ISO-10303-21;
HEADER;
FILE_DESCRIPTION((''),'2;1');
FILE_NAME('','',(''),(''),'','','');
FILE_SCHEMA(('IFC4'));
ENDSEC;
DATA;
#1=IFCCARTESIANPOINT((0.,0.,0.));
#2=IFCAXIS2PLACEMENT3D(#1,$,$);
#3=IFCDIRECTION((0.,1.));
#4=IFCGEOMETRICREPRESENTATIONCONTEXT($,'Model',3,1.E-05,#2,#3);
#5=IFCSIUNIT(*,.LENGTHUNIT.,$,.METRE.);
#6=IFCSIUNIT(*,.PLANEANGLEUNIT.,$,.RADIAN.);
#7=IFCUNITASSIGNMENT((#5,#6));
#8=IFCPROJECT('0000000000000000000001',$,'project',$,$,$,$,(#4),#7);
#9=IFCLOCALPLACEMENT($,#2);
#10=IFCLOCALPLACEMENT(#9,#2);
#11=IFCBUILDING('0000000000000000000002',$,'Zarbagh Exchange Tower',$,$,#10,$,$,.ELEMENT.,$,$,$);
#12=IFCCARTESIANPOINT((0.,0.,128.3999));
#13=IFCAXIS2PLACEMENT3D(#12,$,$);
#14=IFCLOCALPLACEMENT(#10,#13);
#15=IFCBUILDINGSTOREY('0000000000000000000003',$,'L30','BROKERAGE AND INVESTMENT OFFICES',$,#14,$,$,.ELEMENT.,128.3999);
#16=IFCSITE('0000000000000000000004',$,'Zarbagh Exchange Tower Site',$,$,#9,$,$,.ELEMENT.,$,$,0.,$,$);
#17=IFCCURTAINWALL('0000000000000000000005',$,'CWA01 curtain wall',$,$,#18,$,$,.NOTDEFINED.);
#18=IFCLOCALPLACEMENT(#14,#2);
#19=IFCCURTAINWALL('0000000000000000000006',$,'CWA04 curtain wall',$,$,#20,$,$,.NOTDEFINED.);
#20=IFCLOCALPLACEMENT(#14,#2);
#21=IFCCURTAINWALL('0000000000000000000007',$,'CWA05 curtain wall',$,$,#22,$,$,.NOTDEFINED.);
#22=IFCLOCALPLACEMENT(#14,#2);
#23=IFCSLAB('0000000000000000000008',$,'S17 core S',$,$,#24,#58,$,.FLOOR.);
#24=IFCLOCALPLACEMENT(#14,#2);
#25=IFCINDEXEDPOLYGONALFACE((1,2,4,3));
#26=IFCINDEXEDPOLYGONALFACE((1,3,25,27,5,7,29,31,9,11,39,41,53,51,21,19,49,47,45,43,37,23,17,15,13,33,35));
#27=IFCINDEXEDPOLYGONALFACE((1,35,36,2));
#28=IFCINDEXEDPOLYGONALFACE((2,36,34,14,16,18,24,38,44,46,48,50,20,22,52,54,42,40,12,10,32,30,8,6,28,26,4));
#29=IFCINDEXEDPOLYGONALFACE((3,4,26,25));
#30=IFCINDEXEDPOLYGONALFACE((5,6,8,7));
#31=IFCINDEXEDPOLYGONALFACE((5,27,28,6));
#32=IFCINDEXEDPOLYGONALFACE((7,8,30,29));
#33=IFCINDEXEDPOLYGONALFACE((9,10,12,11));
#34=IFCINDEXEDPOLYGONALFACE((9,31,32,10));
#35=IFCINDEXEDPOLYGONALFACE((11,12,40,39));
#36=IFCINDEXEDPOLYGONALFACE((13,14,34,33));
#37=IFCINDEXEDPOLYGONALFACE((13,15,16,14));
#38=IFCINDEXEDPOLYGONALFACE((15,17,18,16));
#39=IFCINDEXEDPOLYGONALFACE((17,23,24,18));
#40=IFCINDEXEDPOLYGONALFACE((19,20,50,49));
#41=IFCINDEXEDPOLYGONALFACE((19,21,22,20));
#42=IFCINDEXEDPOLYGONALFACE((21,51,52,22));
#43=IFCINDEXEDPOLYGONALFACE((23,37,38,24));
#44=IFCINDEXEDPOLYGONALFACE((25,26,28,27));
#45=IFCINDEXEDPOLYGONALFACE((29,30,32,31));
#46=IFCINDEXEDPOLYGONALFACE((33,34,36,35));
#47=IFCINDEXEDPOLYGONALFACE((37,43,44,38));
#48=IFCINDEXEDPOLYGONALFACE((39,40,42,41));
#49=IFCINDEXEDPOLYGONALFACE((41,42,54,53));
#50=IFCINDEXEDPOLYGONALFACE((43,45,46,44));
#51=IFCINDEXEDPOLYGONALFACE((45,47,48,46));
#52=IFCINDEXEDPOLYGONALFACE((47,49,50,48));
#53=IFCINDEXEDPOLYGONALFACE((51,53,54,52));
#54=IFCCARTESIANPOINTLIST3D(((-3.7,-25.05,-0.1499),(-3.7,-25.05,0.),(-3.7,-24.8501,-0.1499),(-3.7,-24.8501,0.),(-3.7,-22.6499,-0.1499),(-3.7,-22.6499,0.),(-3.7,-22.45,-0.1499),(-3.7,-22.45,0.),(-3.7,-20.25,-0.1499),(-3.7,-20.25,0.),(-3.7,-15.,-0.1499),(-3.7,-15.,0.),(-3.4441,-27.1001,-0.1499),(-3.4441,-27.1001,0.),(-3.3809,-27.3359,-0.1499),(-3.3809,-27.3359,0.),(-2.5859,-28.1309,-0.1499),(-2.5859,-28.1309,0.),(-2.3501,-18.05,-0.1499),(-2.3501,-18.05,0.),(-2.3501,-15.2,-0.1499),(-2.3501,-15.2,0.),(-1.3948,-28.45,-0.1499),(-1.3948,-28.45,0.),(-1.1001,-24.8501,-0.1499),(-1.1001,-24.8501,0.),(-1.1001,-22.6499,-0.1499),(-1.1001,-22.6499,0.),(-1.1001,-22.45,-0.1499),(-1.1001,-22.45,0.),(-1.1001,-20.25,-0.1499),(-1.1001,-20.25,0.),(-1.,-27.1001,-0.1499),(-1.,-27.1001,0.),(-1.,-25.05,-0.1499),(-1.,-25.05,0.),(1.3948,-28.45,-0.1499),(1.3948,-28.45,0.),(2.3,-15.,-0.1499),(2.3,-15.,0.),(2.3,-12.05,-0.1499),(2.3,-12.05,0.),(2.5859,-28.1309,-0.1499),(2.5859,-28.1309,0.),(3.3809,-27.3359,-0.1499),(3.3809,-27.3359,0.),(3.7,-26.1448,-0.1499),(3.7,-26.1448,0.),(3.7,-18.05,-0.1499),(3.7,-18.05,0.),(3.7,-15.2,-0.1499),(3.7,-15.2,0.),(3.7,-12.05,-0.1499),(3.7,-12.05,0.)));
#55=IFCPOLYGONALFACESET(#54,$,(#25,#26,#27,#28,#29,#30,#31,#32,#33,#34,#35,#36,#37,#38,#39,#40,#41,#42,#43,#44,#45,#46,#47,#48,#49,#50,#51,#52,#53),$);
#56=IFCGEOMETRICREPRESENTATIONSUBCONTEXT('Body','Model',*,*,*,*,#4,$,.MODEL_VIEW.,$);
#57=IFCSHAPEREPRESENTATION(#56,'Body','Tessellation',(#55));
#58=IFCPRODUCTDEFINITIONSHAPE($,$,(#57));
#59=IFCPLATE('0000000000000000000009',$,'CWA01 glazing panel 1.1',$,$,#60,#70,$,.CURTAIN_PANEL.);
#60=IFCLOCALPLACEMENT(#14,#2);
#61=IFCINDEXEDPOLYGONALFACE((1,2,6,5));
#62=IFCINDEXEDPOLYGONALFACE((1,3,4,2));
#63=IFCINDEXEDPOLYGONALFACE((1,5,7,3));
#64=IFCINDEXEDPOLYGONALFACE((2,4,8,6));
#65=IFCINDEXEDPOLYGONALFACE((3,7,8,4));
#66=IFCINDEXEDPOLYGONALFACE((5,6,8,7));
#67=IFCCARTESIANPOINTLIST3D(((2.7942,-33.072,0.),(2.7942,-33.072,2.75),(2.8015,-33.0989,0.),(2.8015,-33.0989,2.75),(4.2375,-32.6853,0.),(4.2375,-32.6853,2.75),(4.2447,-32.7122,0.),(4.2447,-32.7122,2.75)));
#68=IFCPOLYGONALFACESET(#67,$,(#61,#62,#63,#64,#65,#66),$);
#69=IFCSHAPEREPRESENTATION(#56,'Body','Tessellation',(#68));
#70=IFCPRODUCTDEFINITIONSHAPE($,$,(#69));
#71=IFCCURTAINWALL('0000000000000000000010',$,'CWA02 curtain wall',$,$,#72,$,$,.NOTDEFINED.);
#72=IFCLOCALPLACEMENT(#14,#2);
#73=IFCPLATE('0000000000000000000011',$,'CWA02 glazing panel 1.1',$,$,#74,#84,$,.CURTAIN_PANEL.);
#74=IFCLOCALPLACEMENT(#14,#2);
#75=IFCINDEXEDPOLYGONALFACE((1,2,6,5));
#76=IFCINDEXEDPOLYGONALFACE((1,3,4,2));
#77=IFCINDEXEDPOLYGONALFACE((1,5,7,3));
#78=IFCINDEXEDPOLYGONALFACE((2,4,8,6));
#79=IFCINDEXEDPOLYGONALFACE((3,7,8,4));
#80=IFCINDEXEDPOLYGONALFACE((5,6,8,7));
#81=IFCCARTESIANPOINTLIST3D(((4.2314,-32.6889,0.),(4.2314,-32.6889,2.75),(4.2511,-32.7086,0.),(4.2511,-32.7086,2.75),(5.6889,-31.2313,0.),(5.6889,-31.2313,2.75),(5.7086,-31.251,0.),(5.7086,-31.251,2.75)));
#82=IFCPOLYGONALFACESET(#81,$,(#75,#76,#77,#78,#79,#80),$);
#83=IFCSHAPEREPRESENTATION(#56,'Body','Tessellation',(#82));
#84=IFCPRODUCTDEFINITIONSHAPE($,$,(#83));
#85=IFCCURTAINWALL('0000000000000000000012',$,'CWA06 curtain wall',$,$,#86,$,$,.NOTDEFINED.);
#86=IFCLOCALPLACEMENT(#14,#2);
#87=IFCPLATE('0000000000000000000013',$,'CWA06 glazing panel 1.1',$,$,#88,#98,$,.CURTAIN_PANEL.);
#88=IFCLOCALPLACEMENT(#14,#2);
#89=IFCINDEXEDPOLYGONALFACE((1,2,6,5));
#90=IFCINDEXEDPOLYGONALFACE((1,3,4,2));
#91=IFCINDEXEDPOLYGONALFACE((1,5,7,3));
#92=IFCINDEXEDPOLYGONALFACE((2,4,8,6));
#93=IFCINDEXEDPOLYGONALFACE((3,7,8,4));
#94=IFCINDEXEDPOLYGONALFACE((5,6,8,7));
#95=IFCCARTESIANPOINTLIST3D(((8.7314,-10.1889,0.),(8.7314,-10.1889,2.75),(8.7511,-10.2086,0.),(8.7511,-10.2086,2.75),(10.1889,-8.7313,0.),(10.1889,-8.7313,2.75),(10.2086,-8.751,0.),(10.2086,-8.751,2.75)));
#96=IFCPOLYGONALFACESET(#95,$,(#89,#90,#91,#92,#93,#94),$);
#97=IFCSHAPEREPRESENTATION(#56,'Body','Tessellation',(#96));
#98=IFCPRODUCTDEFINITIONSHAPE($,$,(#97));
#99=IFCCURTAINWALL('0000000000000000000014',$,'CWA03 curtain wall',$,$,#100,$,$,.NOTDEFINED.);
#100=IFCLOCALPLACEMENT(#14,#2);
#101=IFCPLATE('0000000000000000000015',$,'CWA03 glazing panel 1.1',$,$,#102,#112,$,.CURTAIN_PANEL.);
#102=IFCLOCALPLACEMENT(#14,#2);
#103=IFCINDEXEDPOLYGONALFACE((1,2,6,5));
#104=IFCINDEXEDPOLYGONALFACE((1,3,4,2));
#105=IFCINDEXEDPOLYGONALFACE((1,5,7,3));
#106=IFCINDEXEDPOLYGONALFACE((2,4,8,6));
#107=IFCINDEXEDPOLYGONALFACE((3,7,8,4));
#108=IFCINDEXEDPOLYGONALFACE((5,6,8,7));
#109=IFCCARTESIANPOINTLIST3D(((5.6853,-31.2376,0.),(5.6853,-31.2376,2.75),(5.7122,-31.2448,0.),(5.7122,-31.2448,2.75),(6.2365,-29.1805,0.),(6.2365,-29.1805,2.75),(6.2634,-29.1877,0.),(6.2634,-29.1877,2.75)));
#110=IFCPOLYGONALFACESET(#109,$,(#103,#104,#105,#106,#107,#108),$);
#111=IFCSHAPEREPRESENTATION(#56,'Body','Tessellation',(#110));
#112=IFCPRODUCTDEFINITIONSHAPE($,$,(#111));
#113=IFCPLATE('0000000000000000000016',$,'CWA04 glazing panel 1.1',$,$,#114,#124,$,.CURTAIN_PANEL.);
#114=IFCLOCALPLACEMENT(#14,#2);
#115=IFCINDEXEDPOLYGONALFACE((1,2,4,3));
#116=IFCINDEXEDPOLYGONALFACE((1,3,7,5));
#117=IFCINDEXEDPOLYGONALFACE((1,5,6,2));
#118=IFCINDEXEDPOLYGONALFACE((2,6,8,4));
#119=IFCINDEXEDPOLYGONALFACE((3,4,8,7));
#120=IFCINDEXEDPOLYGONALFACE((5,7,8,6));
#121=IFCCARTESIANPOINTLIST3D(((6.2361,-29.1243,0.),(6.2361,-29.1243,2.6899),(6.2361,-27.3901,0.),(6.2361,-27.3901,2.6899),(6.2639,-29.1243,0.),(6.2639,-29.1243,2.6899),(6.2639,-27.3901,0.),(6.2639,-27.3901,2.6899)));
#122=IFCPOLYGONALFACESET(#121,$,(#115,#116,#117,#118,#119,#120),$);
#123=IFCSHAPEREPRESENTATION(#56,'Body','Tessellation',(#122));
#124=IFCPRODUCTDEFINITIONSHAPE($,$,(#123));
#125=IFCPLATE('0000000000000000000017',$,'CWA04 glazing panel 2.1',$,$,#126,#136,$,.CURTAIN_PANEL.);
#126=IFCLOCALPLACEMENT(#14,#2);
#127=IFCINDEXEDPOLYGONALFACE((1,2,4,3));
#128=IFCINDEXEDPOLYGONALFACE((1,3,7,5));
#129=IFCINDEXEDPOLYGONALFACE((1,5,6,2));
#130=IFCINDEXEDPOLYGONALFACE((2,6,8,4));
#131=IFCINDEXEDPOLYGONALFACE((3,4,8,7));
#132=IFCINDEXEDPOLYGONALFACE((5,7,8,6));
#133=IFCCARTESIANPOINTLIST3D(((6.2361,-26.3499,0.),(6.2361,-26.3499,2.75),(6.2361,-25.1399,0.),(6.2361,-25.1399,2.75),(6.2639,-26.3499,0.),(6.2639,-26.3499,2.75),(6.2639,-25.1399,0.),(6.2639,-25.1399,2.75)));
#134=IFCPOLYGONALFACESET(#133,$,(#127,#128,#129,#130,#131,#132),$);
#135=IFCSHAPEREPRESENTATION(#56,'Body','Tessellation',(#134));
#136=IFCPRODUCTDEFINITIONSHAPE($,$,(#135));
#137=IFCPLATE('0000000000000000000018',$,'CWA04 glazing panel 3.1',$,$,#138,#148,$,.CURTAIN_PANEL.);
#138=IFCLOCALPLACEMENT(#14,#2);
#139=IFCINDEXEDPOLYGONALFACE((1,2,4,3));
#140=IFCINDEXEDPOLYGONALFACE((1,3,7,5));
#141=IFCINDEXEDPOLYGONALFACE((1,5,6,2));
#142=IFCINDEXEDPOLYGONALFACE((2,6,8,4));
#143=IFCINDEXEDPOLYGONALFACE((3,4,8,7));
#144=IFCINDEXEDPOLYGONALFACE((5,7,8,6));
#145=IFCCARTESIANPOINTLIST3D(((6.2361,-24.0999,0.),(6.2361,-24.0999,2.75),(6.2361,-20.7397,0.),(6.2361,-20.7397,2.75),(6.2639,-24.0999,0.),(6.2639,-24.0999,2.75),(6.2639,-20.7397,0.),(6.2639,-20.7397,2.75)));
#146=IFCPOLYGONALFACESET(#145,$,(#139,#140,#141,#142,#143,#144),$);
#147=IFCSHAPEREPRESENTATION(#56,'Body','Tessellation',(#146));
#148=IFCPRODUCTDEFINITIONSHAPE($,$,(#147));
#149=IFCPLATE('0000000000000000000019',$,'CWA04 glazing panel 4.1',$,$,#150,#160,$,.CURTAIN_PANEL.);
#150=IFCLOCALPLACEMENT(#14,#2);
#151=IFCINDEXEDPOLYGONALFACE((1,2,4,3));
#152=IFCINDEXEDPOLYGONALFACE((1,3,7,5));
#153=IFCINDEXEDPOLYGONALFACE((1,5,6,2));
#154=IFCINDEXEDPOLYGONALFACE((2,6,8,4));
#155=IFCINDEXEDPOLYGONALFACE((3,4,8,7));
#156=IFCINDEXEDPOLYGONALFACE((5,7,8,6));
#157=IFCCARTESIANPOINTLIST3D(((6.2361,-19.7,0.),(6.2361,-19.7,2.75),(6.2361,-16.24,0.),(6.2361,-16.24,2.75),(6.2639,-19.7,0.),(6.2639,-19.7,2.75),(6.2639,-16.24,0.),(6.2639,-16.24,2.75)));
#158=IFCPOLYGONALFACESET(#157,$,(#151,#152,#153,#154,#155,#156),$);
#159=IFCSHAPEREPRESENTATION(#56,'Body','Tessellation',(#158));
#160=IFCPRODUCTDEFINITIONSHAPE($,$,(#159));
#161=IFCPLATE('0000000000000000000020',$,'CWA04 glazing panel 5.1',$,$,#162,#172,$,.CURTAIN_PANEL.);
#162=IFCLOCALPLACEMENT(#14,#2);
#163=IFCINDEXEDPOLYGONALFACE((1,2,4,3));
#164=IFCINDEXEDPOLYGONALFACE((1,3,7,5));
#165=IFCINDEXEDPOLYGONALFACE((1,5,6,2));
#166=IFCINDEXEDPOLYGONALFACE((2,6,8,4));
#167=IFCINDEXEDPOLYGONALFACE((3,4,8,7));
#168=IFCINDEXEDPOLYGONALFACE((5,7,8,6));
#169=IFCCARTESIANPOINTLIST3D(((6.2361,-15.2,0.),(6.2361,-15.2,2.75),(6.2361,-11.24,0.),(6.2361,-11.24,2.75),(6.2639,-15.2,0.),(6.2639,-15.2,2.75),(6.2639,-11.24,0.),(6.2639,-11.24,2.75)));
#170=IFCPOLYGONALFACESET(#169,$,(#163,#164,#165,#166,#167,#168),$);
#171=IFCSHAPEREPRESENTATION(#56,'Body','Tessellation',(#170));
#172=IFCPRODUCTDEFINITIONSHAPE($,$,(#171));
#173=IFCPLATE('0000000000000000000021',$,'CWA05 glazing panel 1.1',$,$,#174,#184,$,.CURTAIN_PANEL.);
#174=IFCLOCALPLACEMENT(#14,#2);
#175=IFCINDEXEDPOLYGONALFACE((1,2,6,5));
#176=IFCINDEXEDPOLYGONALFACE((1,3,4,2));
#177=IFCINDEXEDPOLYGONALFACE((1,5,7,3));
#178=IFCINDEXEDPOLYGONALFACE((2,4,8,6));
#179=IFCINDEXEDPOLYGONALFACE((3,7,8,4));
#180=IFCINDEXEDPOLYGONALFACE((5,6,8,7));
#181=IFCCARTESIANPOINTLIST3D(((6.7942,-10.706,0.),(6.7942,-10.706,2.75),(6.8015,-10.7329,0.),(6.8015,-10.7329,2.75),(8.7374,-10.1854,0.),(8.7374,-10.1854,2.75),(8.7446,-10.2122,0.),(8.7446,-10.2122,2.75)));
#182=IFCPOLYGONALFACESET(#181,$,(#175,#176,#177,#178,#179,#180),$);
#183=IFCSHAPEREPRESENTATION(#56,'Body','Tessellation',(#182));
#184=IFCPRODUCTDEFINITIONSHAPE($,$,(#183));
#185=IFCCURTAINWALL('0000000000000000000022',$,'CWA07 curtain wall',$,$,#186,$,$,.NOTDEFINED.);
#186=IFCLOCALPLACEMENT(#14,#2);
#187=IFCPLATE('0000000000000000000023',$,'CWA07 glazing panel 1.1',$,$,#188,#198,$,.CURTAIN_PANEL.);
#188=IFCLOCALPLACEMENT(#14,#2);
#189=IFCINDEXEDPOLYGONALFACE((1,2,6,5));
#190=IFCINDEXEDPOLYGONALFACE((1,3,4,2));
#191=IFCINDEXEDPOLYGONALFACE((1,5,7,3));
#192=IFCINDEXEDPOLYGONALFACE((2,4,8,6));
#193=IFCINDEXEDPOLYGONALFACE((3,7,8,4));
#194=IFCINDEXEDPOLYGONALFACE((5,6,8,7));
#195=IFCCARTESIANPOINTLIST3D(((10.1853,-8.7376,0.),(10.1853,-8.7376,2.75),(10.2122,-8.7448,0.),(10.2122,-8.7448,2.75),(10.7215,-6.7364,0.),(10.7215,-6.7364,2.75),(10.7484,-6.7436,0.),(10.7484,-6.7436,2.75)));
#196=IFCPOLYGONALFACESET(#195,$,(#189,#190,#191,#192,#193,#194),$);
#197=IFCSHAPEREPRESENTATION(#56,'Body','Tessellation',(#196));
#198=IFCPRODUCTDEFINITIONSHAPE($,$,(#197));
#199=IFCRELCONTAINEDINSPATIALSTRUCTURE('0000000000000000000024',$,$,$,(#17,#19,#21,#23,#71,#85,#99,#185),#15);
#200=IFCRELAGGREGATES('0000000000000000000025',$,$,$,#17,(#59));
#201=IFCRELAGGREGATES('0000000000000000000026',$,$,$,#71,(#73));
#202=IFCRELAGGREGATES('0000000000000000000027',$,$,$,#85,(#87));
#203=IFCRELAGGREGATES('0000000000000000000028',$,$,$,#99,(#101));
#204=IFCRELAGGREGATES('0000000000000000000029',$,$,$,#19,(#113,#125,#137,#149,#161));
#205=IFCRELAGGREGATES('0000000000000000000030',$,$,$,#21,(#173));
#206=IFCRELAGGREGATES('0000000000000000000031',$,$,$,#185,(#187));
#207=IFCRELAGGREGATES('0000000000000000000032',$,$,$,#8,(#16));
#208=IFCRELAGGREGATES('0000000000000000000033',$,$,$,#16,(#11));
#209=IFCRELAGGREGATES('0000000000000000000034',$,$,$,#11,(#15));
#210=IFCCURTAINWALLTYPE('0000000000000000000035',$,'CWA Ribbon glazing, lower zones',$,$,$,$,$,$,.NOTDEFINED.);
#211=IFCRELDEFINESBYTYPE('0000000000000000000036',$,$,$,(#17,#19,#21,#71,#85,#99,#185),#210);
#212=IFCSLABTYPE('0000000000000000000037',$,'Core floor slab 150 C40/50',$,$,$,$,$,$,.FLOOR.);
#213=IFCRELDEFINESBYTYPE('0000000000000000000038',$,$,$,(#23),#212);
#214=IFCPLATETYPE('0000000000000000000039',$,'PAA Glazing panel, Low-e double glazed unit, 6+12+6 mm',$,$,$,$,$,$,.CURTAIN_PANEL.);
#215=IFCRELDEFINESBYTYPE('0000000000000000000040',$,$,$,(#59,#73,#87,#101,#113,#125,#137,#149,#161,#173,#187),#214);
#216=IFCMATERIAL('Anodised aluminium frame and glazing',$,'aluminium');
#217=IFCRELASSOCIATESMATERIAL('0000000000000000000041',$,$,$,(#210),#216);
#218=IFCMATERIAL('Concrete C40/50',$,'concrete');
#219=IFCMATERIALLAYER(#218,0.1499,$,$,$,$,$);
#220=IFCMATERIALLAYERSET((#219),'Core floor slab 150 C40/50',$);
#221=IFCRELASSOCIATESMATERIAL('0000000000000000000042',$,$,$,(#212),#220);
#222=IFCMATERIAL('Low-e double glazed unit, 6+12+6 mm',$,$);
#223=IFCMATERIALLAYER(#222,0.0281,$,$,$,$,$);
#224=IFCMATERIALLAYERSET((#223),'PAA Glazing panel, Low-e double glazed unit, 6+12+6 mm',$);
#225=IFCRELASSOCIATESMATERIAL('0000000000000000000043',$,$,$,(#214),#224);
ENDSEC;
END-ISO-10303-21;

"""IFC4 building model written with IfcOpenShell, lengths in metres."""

from ifc_helpers import new_model, si_unit, direction, frame, origin, place, context, subcontext, project, spatial, polyline, outline, extrude, source, transform, mapped, material, layer, layer_set, type_object, element, aggregate, save


model = new_model("IFC4")

# Units and contexts
model_context = context("Model", 3, precision=1e-05, world=origin(), true_north=direction((0.0, 1.0)))
body_context = subcontext(model_context, "Body", "Model", "MODEL_VIEW")
ifc_project = project(units=[si_unit("LENGTHUNIT", "METRE"), si_unit("PLANEANGLEUNIT", "RADIAN")], contexts=[model_context])

# Site, building, storey
site_placement = place(None, origin())
site = spatial("IfcSite", under=ifc_project, at=site_placement, Name="Zarbagh Exchange Tower Site", CompositionType="ELEMENT", RefElevation=0.0)
building_placement = place(site_placement, origin())
building = spatial("IfcBuilding", under=site, at=building_placement, Name="Zarbagh Exchange Tower", CompositionType="ELEMENT")
storey_placement = place(building_placement, frame((0.0, 0.0, 128.3999)))
storey = spatial("IfcBuildingStorey", under=building, at=storey_placement, Name="L30", Description="BROKERAGE AND INVESTMENT OFFICES", CompositionType="ELEMENT", Elevation=128.3999)

# Curtain wall
ifc_material_1 = material(Name="Anodised aluminium frame and glazing", Category="aluminium")
curtain_wall_type = type_object("IfcCurtainWallType", Name="CWA Ribbon glazing, lower zones", PredefinedType="NOTDEFINED", material=ifc_material_1)
curtain_wall_1_placement = place(storey_placement, origin())
curtain_wall_1 = element("IfcCurtainWall", 1, at=curtain_wall_1_placement, inside=storey, type_object=curtain_wall_type, Name="CWA01 curtain wall", PredefinedType="NOTDEFINED")
placement = place(storey_placement, origin())

# Curtain wall
curtain_wall_2_placement = place(storey_placement, origin())
curtain_wall_2 = element("IfcCurtainWall", 2, at=curtain_wall_2_placement, inside=storey, type_object=curtain_wall_type, Name="CWA04 curtain wall", PredefinedType="NOTDEFINED")

# Curtain wall
curtain_wall_3_placement = place(storey_placement, origin())
curtain_wall_3 = element("IfcCurtainWall", 3, at=curtain_wall_3_placement, inside=storey, type_object=curtain_wall_type, Name="CWA05 curtain wall", PredefinedType="NOTDEFINED")

# Slab
ifc_material_2 = material(Name="Concrete C40/50", Category="concrete")
ifc_layer_1 = layer(ifc_material_2, 0.1499)
ifc_layer_set_1 = layer_set([ifc_layer_1], Name="Core floor slab 150 C40/50")
slab_type = type_object("IfcSlabType", Name="Core floor slab 150 C40/50", PredefinedType="FLOOR", material=ifc_layer_set_1)
slab_1_placement = place(storey_placement, frame((0.0, 0.0, -0.1499)))
element("IfcSlab", 4, at=slab_1_placement, inside=storey, type_object=slab_type, Name="S17 core S", PredefinedType="FLOOR", context=body_context, shape_type="SweptSolid", body=[
    extrude(outline(polyline([(-2.5859, -28.1309), (-3.3809, -27.3359), (-3.6465, -26.3447), (-3.4441, -27.1001), (-1.0, -27.1001), (-1.0, -25.05), (-3.7, -25.05), (-3.7, -24.8501), (-1.1001, -24.8501), (-1.1001, -22.6499), (-3.7, -22.6499), (-3.7, -22.45), (-1.1001, -22.45), (-1.1001, -20.25), (-3.7, -20.25), (-3.7, -15.0), (2.3, -15.0), (2.3, -12.05), (3.7, -12.05), (3.7, -15.2), (-2.3501, -15.2), (-2.3501, -18.05), (3.7, -18.05), (3.7, -26.1448), (3.3809, -27.3359), (2.5859, -28.1309), (1.3948, -28.45), (-1.3948, -28.45), (-2.5859, -28.1309)])), origin(), (0.0, 0.0, 1.0), 0.1499),
])

# Plate
ifc_material_3 = material(Name="Low-e double glazed unit, 6+12+6 mm")
ifc_layer_2 = layer(ifc_material_3, 0.0281)
ifc_layer_set_2 = layer_set([ifc_layer_2], Name="PAA Glazing panel, Low-e double glazed unit, 6+12+6 mm")
plate_type = type_object("IfcPlateType", Name="PAA Glazing panel, Low-e double glazed unit, 6+12+6 mm", PredefinedType="CURTAIN_PANEL", material=ifc_layer_set_2)
shared_shape_1 = source(origin(), body_context, "Body", "SweptSolid", [
    extrude(outline(polyline([(0.0, -0.0139), (1.4941, -0.0139), (1.4941, 0.0139), (0.0, 0.0139), (0.0, -0.0139)])), origin(), (0.0, 0.0, 1.0), 2.75),
])
plate_1 = element("IfcPlate", 5, at=placement, type_object=plate_type, Name="CWA01 glazing panel 1.1", PredefinedType="CURTAIN_PANEL", context=body_context, shape_type="MappedRepresentation", body=[
    mapped(shared_shape_1, transform((2.7979, -33.0854, 0.0), x_axis=(0.965924, 0.258825, 0.0), y_axis=(-0.258825, 0.965924, 0.0), z_axis=(0.0, 0.0, 1.0))),
])
aggregate(curtain_wall_1, [plate_1])

# Curtain walls, plates
curtain_wall_4_placement = place(storey_placement, origin())
curtain_wall_4 = element("IfcCurtainWall", 6, at=curtain_wall_4_placement, inside=storey, type_object=curtain_wall_type, Name="CWA02 curtain wall", PredefinedType="NOTDEFINED")
shared_shape_2 = source(origin(), body_context, "Body", "SweptSolid", [
    extrude(outline(polyline([(0.0, -0.0139), (2.0613, -0.0139), (2.0613, 0.0139), (0.0, 0.0139), (0.0, -0.0139)])), origin(), (0.0, 0.0, 1.0), 2.75),
])
plate_2 = element("IfcPlate", 7, at=placement, type_object=plate_type, Name="CWA02 glazing panel 1.1", PredefinedType="CURTAIN_PANEL", context=body_context, shape_type="MappedRepresentation", body=[
    mapped(shared_shape_2, transform((4.2412, -32.6987, 0.0), x_axis=(0.707107, 0.707107, 0.0), y_axis=(-0.707107, 0.707107, 0.0), z_axis=(0.0, 0.0, 1.0))),
])
aggregate(curtain_wall_4, [plate_2])
curtain_wall_5_placement = place(storey_placement, origin())
curtain_wall_5 = element("IfcCurtainWall", 8, at=curtain_wall_5_placement, inside=storey, type_object=curtain_wall_type, Name="CWA06 curtain wall", PredefinedType="NOTDEFINED")
plate_3 = element("IfcPlate", 9, at=placement, type_object=plate_type, Name="CWA06 glazing panel 1.1", PredefinedType="CURTAIN_PANEL", context=body_context, shape_type="MappedRepresentation", body=[
    mapped(shared_shape_2, transform((8.7412, -10.1987, 0.0), x_axis=(0.707107, 0.707107, 0.0), y_axis=(-0.707107, 0.707107, 0.0), z_axis=(0.0, 0.0, 1.0))),
])
aggregate(curtain_wall_5, [plate_3])
curtain_wall_6_placement = place(storey_placement, origin())
curtain_wall_6 = element("IfcCurtainWall", 10, at=curtain_wall_6_placement, inside=storey, type_object=curtain_wall_type, Name="CWA03 curtain wall", PredefinedType="NOTDEFINED")
shared_shape_3 = source(origin(), body_context, "Body", "SweptSolid", [
    extrude(outline(polyline([(0.0, -0.0139), (2.1296, -0.0139), (2.1296, 0.0139), (0.0, 0.0139), (0.0, -0.0139)])), origin(), (0.0, 0.0, 1.0), 2.75),
])
plate_4 = element("IfcPlate", 11, at=placement, type_object=plate_type, Name="CWA03 glazing panel 1.1", PredefinedType="CURTAIN_PANEL", context=body_context, shape_type="MappedRepresentation", body=[
    mapped(shared_shape_3, transform((5.6987, -31.2412, 0.0), x_axis=(0.258825, 0.965924, 0.0), y_axis=(-0.965924, 0.258825, 0.0), z_axis=(0.0, 0.0, 1.0))),
])
aggregate(curtain_wall_6, [plate_4])

# Plates
shared_shape_4 = source(origin(), body_context, "Body", "SweptSolid", [
    extrude(outline(polyline([(0.0, -0.0139), (1.7341, -0.0139), (1.7341, 0.0139), (0.0, 0.0139), (0.0, -0.0139)])), origin(), (0.0, 0.0, 1.0), 2.6899),
])
plate_5 = element("IfcPlate", 12, at=placement, type_object=plate_type, Name="CWA04 glazing panel 1.1", PredefinedType="CURTAIN_PANEL", context=body_context, shape_type="MappedRepresentation", body=[
    mapped(shared_shape_4, transform((6.25, -29.1243, 0.0), x_axis=(0.0, 1.0, 0.0), y_axis=(-1.0, 0.0, 0.0), z_axis=(0.0, 0.0, 1.0))),
])
shared_shape_5 = source(origin(), body_context, "Body", "SweptSolid", [
    extrude(outline(polyline([(0.0, -0.0139), (1.21, -0.0139), (1.21, 0.0139), (0.0, 0.0139), (0.0, -0.0139)])), origin(), (0.0, 0.0, 1.0), 2.75),
])
plate_6 = element("IfcPlate", 13, at=placement, type_object=plate_type, Name="CWA04 glazing panel 2.1", PredefinedType="CURTAIN_PANEL", context=body_context, shape_type="MappedRepresentation", body=[
    mapped(shared_shape_5, transform((6.25, -26.3499, 0.0), x_axis=(0.0, 1.0, 0.0), y_axis=(-1.0, 0.0, 0.0), z_axis=(0.0, 0.0, 1.0))),
])
shared_shape_6 = source(origin(), body_context, "Body", "SweptSolid", [
    extrude(outline(polyline([(0.0, -0.0139), (3.3601, -0.0139), (3.3601, 0.0139), (0.0, 0.0139), (0.0, -0.0139)])), origin(), (0.0, 0.0, 1.0), 2.75),
])
plate_7 = element("IfcPlate", 14, at=placement, type_object=plate_type, Name="CWA04 glazing panel 3.1", PredefinedType="CURTAIN_PANEL", context=body_context, shape_type="MappedRepresentation", body=[
    mapped(shared_shape_6, transform((6.25, -24.0999, 0.0), x_axis=(0.0, 1.0, 0.0), y_axis=(-1.0, 0.0, 0.0), z_axis=(0.0, 0.0, 1.0))),
])
shared_shape_7 = source(origin(), body_context, "Body", "SweptSolid", [
    extrude(outline(polyline([(0.0, -0.0139), (3.46, -0.0139), (3.46, 0.0139), (0.0, 0.0139), (0.0, -0.0139)])), origin(), (0.0, 0.0, 1.0), 2.75),
])
plate_8 = element("IfcPlate", 15, at=placement, type_object=plate_type, Name="CWA04 glazing panel 4.1", PredefinedType="CURTAIN_PANEL", context=body_context, shape_type="MappedRepresentation", body=[
    mapped(shared_shape_7, transform((6.25, -19.7, 0.0), x_axis=(0.0, 1.0, 0.0), y_axis=(-1.0, 0.0, 0.0), z_axis=(0.0, 0.0, 1.0))),
])
shared_shape_8 = source(origin(), body_context, "Body", "SweptSolid", [
    extrude(outline(polyline([(0.0, -0.0139), (3.96, -0.0139), (3.96, 0.0139), (0.0, 0.0139), (0.0, -0.0139)])), origin(), (0.0, 0.0, 1.0), 2.75),
])
plate_9 = element("IfcPlate", 16, at=placement, type_object=plate_type, Name="CWA04 glazing panel 5.1", PredefinedType="CURTAIN_PANEL", context=body_context, shape_type="MappedRepresentation", body=[
    mapped(shared_shape_8, transform((6.25, -15.2, 0.0), x_axis=(0.0, 1.0, 0.0), y_axis=(-1.0, 0.0, 0.0), z_axis=(0.0, 0.0, 1.0))),
])
aggregate(curtain_wall_2, [plate_5, plate_6, plate_7, plate_8, plate_9])
shared_shape_9 = source(origin(), body_context, "Body", "SweptSolid", [
    extrude(outline(polyline([(0.0, -0.0139), (2.0117, -0.0139), (2.0117, 0.0139), (0.0, 0.0139), (0.0, -0.0139)])), origin(), (0.0, 0.0, 1.0), 2.75),
])
plate_10 = element("IfcPlate", 17, at=placement, type_object=plate_type, Name="CWA05 glazing panel 1.1", PredefinedType="CURTAIN_PANEL", context=body_context, shape_type="MappedRepresentation", body=[
    mapped(shared_shape_9, transform((6.7979, -10.7195, 0.0), x_axis=(0.965924, 0.258825, 0.0), y_axis=(-0.258825, 0.965924, 0.0), z_axis=(0.0, 0.0, 1.0))),
])
aggregate(curtain_wall_3, [plate_10])

# Curtain wall, plate
curtain_wall_7_placement = place(storey_placement, origin())
curtain_wall_7 = element("IfcCurtainWall", 18, at=curtain_wall_7_placement, inside=storey, type_object=curtain_wall_type, Name="CWA07 curtain wall", PredefinedType="NOTDEFINED")
shared_shape_10 = source(origin(), body_context, "Body", "SweptSolid", [
    extrude(outline(polyline([(0.0, -0.0139), (2.0718, -0.0139), (2.0718, 0.0139), (0.0, 0.0139), (0.0, -0.0139)])), origin(), (0.0, 0.0, 1.0), 2.75),
])
plate_11 = element("IfcPlate", 19, at=placement, type_object=plate_type, Name="CWA07 glazing panel 1.1", PredefinedType="CURTAIN_PANEL", context=body_context, shape_type="MappedRepresentation", body=[
    mapped(shared_shape_10, transform((10.1987, -8.7412, 0.0), x_axis=(0.258825, 0.965924, 0.0), y_axis=(-0.965924, 0.258825, 0.0), z_axis=(0.0, 0.0, 1.0))),
])
aggregate(curtain_wall_7, [plate_11])

save(model, "model.ifc")
